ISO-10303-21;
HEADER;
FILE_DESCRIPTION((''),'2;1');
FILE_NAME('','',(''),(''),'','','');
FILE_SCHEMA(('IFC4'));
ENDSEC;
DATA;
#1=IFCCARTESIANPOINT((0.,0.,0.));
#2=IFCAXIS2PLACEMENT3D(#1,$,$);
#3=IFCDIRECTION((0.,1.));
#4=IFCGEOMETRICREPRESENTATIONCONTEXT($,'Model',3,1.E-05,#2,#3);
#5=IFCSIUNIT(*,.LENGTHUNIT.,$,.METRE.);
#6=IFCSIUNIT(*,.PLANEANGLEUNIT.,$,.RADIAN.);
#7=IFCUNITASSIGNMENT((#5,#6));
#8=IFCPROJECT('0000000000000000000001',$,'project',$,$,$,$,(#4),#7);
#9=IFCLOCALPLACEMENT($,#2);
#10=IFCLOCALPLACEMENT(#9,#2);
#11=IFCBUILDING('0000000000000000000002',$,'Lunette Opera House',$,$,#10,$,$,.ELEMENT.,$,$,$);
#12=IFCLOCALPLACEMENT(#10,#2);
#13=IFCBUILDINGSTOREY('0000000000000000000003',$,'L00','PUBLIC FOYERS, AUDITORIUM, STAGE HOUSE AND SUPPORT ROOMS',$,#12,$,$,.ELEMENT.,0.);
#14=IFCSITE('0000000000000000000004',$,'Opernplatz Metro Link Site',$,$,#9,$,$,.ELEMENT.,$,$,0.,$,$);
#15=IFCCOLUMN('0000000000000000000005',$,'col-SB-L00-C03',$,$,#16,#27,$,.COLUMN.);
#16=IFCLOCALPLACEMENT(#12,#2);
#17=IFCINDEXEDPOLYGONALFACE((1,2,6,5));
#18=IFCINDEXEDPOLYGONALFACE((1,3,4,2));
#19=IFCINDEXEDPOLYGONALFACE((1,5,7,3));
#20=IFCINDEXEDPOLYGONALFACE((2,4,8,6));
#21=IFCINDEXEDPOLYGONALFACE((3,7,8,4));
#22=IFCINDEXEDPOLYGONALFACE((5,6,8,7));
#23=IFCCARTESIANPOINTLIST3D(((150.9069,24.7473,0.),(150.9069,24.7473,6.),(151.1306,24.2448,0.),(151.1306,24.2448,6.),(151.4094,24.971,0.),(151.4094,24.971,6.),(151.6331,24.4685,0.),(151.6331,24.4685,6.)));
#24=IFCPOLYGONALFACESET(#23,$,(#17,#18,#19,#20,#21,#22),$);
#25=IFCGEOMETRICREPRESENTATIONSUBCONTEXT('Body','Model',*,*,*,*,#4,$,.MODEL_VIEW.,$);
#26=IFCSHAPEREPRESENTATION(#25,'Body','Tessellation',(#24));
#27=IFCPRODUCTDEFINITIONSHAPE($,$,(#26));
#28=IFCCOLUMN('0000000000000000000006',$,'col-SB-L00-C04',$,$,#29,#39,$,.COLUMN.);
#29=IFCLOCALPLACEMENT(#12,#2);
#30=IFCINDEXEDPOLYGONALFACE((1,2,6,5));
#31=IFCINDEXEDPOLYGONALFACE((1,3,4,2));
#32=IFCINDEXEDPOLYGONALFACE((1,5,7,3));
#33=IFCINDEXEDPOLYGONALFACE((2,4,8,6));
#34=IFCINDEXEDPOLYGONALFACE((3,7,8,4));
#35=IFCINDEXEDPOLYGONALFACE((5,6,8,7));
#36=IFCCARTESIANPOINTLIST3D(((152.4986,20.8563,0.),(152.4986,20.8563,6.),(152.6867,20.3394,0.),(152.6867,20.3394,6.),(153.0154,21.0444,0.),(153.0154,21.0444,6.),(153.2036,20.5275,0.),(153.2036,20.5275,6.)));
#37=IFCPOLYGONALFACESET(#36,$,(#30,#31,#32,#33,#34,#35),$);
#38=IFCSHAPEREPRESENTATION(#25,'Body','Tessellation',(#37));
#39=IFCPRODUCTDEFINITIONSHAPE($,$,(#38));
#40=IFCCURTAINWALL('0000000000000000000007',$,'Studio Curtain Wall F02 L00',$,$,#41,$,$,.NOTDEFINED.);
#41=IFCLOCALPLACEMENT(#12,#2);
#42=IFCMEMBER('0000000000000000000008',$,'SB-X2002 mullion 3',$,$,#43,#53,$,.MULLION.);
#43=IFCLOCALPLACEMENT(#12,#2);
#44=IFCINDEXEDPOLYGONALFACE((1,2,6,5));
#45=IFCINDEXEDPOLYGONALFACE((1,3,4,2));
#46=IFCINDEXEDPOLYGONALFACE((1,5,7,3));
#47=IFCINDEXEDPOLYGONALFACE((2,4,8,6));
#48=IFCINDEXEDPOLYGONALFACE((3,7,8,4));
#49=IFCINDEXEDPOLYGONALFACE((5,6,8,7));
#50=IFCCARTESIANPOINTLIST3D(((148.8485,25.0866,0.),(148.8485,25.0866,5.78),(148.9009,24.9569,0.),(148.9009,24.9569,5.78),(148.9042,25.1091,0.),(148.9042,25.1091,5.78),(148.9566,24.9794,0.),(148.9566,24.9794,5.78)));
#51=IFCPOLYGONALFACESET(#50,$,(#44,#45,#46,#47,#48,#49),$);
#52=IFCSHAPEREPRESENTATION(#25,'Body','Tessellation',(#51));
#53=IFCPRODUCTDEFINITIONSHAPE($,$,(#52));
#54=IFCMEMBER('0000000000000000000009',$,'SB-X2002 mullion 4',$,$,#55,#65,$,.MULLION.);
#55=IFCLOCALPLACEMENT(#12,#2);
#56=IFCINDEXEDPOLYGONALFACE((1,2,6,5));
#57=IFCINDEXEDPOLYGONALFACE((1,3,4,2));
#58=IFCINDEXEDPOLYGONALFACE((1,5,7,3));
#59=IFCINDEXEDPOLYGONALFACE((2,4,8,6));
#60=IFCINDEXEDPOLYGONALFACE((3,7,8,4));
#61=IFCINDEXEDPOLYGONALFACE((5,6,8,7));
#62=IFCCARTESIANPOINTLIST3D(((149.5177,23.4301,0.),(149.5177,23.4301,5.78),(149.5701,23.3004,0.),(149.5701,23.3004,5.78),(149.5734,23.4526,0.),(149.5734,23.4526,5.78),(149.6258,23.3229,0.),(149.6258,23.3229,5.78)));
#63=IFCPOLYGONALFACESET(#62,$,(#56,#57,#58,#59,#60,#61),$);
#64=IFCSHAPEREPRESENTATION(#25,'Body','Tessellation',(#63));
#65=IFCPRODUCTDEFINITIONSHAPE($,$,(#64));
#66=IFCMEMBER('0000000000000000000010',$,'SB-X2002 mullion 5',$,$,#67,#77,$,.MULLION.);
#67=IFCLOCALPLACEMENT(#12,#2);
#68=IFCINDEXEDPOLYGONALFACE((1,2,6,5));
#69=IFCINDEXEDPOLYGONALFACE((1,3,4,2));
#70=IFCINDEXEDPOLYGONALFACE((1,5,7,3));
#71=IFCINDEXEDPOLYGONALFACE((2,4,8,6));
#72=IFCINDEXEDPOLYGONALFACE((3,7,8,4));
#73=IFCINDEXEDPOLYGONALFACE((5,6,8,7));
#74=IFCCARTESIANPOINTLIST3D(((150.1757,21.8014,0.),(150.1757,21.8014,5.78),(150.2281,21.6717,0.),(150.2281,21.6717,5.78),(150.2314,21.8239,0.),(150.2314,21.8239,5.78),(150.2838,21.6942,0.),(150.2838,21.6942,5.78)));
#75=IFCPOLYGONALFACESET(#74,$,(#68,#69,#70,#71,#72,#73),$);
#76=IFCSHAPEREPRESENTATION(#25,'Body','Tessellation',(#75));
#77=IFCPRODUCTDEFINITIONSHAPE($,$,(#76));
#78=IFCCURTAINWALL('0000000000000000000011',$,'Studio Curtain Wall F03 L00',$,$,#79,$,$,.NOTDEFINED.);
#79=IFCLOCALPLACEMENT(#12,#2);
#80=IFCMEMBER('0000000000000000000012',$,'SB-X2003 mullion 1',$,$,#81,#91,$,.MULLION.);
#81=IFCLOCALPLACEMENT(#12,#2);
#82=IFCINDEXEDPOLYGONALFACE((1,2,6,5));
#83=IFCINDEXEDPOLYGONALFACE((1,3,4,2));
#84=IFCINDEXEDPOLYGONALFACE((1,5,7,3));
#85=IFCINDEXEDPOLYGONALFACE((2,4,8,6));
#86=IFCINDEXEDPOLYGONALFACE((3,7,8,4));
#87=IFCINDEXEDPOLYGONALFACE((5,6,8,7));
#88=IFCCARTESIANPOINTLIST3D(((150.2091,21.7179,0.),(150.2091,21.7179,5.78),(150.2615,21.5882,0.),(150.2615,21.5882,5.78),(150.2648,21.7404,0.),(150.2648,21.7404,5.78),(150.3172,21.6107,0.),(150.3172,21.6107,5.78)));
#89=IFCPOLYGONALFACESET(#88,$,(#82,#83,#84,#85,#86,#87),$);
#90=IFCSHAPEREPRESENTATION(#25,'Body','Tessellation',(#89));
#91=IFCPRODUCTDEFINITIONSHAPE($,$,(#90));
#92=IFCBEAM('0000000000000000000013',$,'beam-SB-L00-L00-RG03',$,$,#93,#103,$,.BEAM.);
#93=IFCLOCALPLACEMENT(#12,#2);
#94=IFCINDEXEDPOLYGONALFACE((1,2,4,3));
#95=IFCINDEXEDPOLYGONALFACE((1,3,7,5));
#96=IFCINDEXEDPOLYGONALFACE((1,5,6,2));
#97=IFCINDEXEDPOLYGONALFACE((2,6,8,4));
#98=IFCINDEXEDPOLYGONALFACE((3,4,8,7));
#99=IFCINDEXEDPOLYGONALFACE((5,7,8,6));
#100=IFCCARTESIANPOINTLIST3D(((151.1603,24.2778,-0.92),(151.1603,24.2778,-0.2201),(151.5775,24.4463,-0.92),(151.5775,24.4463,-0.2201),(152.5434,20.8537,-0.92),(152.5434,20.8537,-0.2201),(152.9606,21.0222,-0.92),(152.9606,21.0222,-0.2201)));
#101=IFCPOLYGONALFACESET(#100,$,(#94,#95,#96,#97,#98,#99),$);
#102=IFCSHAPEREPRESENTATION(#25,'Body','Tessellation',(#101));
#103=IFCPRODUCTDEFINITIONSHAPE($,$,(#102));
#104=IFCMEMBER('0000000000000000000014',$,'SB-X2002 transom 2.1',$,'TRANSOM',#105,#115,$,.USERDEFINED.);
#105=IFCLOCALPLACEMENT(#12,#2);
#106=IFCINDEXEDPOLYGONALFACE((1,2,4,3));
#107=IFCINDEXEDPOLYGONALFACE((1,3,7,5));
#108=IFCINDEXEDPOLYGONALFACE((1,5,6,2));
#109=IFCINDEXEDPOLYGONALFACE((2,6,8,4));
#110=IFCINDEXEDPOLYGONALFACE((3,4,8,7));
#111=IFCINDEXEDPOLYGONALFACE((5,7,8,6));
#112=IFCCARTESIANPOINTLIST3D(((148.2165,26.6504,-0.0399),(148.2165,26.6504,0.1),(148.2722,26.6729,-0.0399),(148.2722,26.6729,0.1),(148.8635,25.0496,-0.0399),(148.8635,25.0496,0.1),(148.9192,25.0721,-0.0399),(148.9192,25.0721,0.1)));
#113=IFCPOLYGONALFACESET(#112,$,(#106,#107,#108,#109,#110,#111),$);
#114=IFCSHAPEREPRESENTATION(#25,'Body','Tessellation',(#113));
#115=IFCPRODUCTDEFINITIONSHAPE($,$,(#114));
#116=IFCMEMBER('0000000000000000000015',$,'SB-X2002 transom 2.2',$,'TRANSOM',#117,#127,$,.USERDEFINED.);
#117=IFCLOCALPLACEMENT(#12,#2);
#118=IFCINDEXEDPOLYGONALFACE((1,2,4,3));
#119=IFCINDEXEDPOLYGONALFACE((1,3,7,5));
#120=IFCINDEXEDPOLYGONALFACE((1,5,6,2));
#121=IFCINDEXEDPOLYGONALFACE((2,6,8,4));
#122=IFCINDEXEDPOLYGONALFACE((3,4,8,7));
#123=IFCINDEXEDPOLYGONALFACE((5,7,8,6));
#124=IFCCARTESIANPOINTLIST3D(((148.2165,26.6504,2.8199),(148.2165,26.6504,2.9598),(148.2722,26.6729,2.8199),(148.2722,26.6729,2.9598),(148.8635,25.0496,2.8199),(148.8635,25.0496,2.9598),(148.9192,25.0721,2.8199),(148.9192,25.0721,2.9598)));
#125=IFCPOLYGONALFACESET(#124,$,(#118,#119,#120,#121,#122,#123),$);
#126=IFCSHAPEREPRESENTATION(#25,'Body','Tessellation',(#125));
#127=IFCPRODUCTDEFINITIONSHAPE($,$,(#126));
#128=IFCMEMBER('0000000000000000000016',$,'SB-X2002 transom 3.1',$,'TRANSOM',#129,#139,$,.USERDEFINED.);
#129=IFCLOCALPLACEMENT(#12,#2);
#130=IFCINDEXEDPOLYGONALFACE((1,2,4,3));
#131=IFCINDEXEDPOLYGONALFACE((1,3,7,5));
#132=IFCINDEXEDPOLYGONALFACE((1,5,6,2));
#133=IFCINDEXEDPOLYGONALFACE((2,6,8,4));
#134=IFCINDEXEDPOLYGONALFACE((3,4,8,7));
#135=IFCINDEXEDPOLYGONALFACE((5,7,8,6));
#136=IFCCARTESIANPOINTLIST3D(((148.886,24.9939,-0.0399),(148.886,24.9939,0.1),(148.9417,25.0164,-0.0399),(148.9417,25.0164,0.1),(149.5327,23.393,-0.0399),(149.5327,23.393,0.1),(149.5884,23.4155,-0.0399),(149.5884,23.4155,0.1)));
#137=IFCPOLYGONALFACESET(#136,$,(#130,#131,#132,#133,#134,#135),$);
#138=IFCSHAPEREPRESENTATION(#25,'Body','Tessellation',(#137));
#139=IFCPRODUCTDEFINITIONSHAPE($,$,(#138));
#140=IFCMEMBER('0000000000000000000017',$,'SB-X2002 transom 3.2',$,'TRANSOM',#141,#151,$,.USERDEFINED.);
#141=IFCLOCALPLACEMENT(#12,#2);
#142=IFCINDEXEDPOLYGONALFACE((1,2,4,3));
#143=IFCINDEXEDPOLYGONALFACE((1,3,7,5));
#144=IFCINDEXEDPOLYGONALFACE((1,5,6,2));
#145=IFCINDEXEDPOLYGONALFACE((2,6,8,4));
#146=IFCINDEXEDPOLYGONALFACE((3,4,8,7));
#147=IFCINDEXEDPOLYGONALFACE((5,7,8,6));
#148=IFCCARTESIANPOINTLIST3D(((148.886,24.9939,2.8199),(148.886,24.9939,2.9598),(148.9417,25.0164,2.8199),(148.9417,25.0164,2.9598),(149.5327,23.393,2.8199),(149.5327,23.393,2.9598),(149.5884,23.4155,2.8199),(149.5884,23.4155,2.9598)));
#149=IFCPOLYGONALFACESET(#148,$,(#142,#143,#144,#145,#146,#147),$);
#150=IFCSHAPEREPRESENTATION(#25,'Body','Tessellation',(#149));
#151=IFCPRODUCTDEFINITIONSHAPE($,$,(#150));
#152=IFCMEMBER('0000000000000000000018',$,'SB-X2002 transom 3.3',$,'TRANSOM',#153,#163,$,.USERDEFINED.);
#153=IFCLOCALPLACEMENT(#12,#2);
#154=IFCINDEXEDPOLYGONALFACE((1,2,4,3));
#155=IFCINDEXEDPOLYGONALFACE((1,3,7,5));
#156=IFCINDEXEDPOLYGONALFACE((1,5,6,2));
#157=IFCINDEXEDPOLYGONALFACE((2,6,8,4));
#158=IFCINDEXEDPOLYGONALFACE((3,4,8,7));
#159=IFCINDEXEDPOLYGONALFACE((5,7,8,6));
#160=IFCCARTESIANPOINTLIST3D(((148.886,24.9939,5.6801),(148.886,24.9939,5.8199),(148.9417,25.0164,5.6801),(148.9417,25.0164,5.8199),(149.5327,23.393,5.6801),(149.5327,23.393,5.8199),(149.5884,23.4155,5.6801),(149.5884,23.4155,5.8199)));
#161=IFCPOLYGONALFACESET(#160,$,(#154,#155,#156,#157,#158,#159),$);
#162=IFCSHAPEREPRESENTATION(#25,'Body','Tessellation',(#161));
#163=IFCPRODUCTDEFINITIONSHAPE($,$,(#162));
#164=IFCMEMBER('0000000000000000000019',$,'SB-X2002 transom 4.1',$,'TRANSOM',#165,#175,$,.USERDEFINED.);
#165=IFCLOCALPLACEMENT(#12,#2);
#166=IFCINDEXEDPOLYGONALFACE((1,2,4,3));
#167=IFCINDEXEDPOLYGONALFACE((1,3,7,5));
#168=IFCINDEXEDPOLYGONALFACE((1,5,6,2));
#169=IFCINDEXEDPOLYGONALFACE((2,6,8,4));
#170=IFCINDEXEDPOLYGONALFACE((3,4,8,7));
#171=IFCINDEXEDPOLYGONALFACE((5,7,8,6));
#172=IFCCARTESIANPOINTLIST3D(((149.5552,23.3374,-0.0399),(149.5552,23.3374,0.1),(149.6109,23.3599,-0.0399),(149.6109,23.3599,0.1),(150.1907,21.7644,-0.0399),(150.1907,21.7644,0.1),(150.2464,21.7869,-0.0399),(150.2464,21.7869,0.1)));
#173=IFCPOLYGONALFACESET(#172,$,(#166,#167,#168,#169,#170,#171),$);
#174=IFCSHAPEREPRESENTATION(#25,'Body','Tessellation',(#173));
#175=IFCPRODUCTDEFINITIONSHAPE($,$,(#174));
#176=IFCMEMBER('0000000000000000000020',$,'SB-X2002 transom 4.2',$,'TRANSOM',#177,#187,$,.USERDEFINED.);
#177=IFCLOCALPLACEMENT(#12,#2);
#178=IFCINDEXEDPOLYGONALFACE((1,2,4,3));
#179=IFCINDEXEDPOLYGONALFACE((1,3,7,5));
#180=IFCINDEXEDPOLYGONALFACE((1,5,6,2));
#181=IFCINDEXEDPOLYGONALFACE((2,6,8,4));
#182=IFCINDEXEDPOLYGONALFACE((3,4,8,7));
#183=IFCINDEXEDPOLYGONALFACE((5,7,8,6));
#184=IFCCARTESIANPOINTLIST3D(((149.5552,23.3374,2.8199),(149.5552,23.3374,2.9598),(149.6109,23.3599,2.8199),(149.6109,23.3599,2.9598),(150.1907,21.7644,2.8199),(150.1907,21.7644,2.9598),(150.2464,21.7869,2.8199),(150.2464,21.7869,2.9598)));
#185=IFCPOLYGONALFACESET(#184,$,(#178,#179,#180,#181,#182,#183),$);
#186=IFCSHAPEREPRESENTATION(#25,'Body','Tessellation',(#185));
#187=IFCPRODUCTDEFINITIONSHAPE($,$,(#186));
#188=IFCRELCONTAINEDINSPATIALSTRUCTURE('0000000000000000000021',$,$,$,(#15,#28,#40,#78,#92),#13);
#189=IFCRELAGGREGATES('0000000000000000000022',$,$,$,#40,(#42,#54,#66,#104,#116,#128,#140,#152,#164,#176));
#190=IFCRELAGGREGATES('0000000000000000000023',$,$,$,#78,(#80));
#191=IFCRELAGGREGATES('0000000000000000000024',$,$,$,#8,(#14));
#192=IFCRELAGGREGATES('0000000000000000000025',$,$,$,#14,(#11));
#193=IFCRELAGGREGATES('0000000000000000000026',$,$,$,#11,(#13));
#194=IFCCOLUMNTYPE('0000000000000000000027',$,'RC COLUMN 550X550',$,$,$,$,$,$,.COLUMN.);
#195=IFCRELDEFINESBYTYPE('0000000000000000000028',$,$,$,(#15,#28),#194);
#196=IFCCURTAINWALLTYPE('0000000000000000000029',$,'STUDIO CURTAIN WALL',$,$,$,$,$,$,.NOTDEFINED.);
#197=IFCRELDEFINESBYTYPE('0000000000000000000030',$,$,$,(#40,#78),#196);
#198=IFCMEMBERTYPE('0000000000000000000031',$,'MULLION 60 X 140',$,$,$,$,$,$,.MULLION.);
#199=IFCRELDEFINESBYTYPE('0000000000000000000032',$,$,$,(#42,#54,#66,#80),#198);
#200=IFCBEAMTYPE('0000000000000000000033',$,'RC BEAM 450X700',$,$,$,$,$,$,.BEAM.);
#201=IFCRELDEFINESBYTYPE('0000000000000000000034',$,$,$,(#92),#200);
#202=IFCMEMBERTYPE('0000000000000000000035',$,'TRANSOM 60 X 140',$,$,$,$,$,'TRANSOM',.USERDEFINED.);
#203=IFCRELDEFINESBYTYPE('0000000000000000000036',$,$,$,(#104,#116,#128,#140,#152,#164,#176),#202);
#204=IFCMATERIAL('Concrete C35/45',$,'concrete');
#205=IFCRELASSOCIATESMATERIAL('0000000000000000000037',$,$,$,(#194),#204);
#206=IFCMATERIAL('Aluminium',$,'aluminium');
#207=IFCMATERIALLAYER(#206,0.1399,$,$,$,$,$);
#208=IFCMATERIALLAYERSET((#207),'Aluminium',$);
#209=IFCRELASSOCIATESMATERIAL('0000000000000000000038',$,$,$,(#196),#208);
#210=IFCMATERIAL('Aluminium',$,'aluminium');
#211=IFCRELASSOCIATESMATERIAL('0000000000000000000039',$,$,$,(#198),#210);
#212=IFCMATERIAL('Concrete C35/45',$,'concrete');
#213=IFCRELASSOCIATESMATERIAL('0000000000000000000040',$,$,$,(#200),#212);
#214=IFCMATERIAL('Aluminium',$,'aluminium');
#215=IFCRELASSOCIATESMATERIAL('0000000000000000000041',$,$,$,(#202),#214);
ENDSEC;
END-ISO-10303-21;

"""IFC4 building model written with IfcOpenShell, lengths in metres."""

from ifc_helpers import new_model, si_unit, direction, frame, origin, origin_2d, place, context, subcontext, project, spatial, rectangle, extrude, material, layer, layer_set, material_profile, profile_set, type_object, element, aggregate, save


model = new_model("IFC4")

# Units and contexts
model_context = context("Model", 3, precision=1e-05, world=origin(), true_north=direction((0.0, 1.0)))
body_context = subcontext(model_context, "Body", "Model", "MODEL_VIEW")
ifc_project = project(units=[si_unit("LENGTHUNIT", "METRE"), si_unit("PLANEANGLEUNIT", "RADIAN")], contexts=[model_context])

# Site, building, storey
site_placement = place(None, origin())
site = spatial("IfcSite", under=ifc_project, at=site_placement, Name="Opernplatz Metro Link Site", CompositionType="ELEMENT", RefElevation=0.0)
building_placement = place(site_placement, origin())
building = spatial("IfcBuilding", under=site, at=building_placement, Name="Lunette Opera House", CompositionType="ELEMENT")
storey_placement = place(building_placement, origin())
storey = spatial("IfcBuildingStorey", under=building, at=storey_placement, Name="L00", Description="PUBLIC FOYERS, AUDITORIUM, STAGE HOUSE AND SUPPORT ROOMS", CompositionType="ELEMENT", Elevation=0.0)

# Columns
ifc_material_1 = material(Name="Concrete C35/45", Category="concrete")
ifc_material_profile_1 = material_profile(ifc_material_1, rectangle(XDim=0.55, YDim=0.55, at=origin_2d()), Name="RC COLUMN 550X550")
ifc_profile_set_1 = profile_set([ifc_material_profile_1], Name="Concrete C35/45")
column_type = type_object("IfcColumnType", Name="RC COLUMN 550X550", PredefinedType="COLUMN", material=ifc_profile_set_1)
for number, where, z_axis, x_axis, name in (
    (1, (151.27, 24.6079, 0.0), (0.0, 0.0, 1.0), (0.406737, -0.913545, 0.0), "col-SB-L00-C03"),
    (2, (152.8511, 20.6919, 0.0), (0.0, 0.0, 1.0), (0.34202, -0.939693, 0.0), "col-SB-L00-C04"),
):
    element("IfcColumn", number, at=place(storey_placement, frame(where, z_axis=z_axis, x_axis=x_axis)), inside=storey, type_object=column_type, Name=name, PredefinedType="COLUMN", context=body_context, shape_type="SweptSolid", body=[
        extrude(rectangle(XDim=0.55, YDim=0.55, at=origin_2d()), origin(), (0.0, 0.0, 1.0), 6.0),
    ])

# Curtain wall, members
ifc_material_2 = material(Name="Aluminium", Category="aluminium")
ifc_layer_1 = layer(ifc_material_2, 0.1399)
ifc_layer_set_1 = layer_set([ifc_layer_1], Name="Aluminium")
curtain_wall_type = type_object("IfcCurtainWallType", Name="STUDIO CURTAIN WALL", PredefinedType="NOTDEFINED", material=ifc_layer_set_1)
curtain_wall_1_placement = place(storey_placement, origin())
curtain_wall_1 = element("IfcCurtainWall", 3, at=curtain_wall_1_placement, inside=storey, type_object=curtain_wall_type, Name="Studio Curtain Wall F02 L00", PredefinedType="NOTDEFINED")
ifc_material_3 = material(Name="Aluminium", Category="aluminium")
ifc_material_profile_2 = material_profile(ifc_material_3, rectangle(XDim=0.0601, YDim=0.1399, at=origin_2d()), Name="MULLION 60 X 140")
ifc_profile_set_2 = profile_set([ifc_material_profile_2], Name="Aluminium")
member_type_1 = type_object("IfcMemberType", Name="MULLION 60 X 140", PredefinedType="MULLION", material=ifc_profile_set_2)
member_1_placement = place(storey_placement, frame((148.9026, 25.033, 0.0), z_axis=(0.0, 0.0, 1.0), x_axis=(0.927188, 0.374597, 0.0)))
member_1 = element("IfcMember", 4, at=member_1_placement, type_object=member_type_1, Name="SB-X2002 mullion 3", PredefinedType="MULLION", context=body_context, shape_type="SweptSolid", body=[
    extrude(rectangle(XDim=0.0601, YDim=0.1399, at=origin_2d()), origin(), (0.0, 0.0, 1.0), 5.78),
])
member_2_placement = place(storey_placement, frame((149.5718, 23.3765, 0.0), z_axis=(0.0, 0.0, 1.0), x_axis=(0.927188, 0.374597, 0.0)))
member_2 = element("IfcMember", 5, at=member_2_placement, type_object=member_type_1, Name="SB-X2002 mullion 4", PredefinedType="MULLION", context=body_context, shape_type="SweptSolid", body=[
    extrude(rectangle(XDim=0.0601, YDim=0.1399, at=origin_2d()), origin(), (0.0, 0.0, 1.0), 5.78),
])
member_3_placement = place(storey_placement, frame((150.2297, 21.7478, 0.0), z_axis=(0.0, 0.0, 1.0), x_axis=(0.927188, 0.374597, 0.0)))
member_3 = element("IfcMember", 6, at=member_3_placement, type_object=member_type_1, Name="SB-X2002 mullion 5", PredefinedType="MULLION", context=body_context, shape_type="SweptSolid", body=[
    extrude(rectangle(XDim=0.0601, YDim=0.1399, at=origin_2d()), origin(), (0.0, 0.0, 1.0), 5.78),
])

# Curtain wall, member
curtain_wall_2_placement = place(storey_placement, origin())
curtain_wall_2 = element("IfcCurtainWall", 7, at=curtain_wall_2_placement, inside=storey, type_object=curtain_wall_type, Name="Studio Curtain Wall F03 L00", PredefinedType="NOTDEFINED")
member_4_placement = place(storey_placement, frame((150.2632, 21.6643, 0.0), z_axis=(0.0, 0.0, 1.0), x_axis=(0.927168, 0.374646, 0.0)))
member_4 = element("IfcMember", 8, at=member_4_placement, type_object=member_type_1, Name="SB-X2003 mullion 1", PredefinedType="MULLION", context=body_context, shape_type="SweptSolid", body=[
    extrude(rectangle(XDim=0.0601, YDim=0.1399, at=origin_2d()), origin(), (0.0, 0.0, 1.0), 5.78),
])

# Beam
ifc_material_4 = material(Name="Concrete C35/45", Category="concrete")
ifc_material_profile_3 = material_profile(ifc_material_4, rectangle(XDim=0.45, YDim=0.7, at=origin_2d()), Name="RC BEAM 450X700")
ifc_profile_set_3 = profile_set([ifc_material_profile_3], Name="Concrete C35/45")
beam_type = type_object("IfcBeamType", Name="RC BEAM 450X700", PredefinedType="BEAM", material=ifc_profile_set_3)
beam_placement = place(storey_placement, frame((151.3689, 24.3621, -0.5701), z_axis=(0.374523, -0.927218, 0.0), x_axis=(0.927218, 0.374523, 0.0)))
element("IfcBeam", 9, at=beam_placement, inside=storey, type_object=beam_type, Name="beam-SB-L00-L00-RG03", PredefinedType="BEAM", context=body_context, shape_type="SweptSolid", body=[
    extrude(rectangle(XDim=0.45, YDim=0.7, at=origin_2d()), origin(), (0.0, 0.0, 1.0), 3.6929),
])

# Members
ifc_material_5 = material(Name="Aluminium", Category="aluminium")
ifc_material_profile_4 = material_profile(ifc_material_5, rectangle(XDim=0.0601, YDim=0.1399, at=origin_2d()), Name="TRANSOM 60 X 140")
ifc_profile_set_4 = profile_set([ifc_material_profile_4], Name="Aluminium")
member_type_2 = type_object("IfcMemberType", Name="TRANSOM 60 X 140", ElementType="TRANSOM", PredefinedType="USERDEFINED", material=ifc_profile_set_4)
member_5_placement = place(storey_placement, frame((148.2444, 26.6616, 0.03), z_axis=(0.374704, -0.927145, 0.0), x_axis=(0.927145, 0.374704, 0.0)))
member_5 = element("IfcMember", 10, at=member_5_placement, type_object=member_type_2, Name="SB-X2002 transom 2.1", ObjectType="TRANSOM", PredefinedType="USERDEFINED", context=body_context, shape_type="SweptSolid", body=[
    extrude(rectangle(XDim=0.0601, YDim=0.1399, at=origin_2d()), origin(), (0.0, 0.0, 1.0), 1.7266),
])
member_6_placement = place(storey_placement, frame((148.2444, 26.6616, 2.8899), z_axis=(0.374704, -0.927145, 0.0), x_axis=(0.927145, 0.374704, 0.0)))
member_6 = element("IfcMember", 11, at=member_6_placement, type_object=member_type_2, Name="SB-X2002 transom 2.2", ObjectType="TRANSOM", PredefinedType="USERDEFINED", context=body_context, shape_type="SweptSolid", body=[
    extrude(rectangle(XDim=0.0601, YDim=0.1399, at=origin_2d()), origin(), (0.0, 0.0, 1.0), 1.7266),
])
member_7_placement = place(storey_placement, frame((148.9138, 25.0051, 0.03), z_axis=(0.374582, -0.927194, 0.0), x_axis=(0.927194, 0.374582, 0.0)))
member_7 = element("IfcMember", 12, at=member_7_placement, type_object=member_type_2, Name="SB-X2002 transom 3.1", ObjectType="TRANSOM", PredefinedType="USERDEFINED", context=body_context, shape_type="SweptSolid", body=[
    extrude(rectangle(XDim=0.0601, YDim=0.1399, at=origin_2d()), origin(), (0.0, 0.0, 1.0), 1.7266),
])
member_8_placement = place(storey_placement, frame((148.9138, 25.0051, 2.8899), z_axis=(0.374582, -0.927194, 0.0), x_axis=(0.927194, 0.374582, 0.0)))
member_8 = element("IfcMember", 13, at=member_8_placement, type_object=member_type_2, Name="SB-X2002 transom 3.2", ObjectType="TRANSOM", PredefinedType="USERDEFINED", context=body_context, shape_type="SweptSolid", body=[
    extrude(rectangle(XDim=0.0601, YDim=0.1399, at=origin_2d()), origin(), (0.0, 0.0, 1.0), 1.7266),
])
member_9_placement = place(storey_placement, frame((148.9138, 25.0051, 5.75), z_axis=(0.374582, -0.927194, 0.0), x_axis=(0.927194, 0.374582, 0.0)))
member_9 = element("IfcMember", 14, at=member_9_placement, type_object=member_type_2, Name="SB-X2002 transom 3.3", ObjectType="TRANSOM", PredefinedType="USERDEFINED", context=body_context, shape_type="SweptSolid", body=[
    extrude(rectangle(XDim=0.0601, YDim=0.1399, at=origin_2d()), origin(), (0.0, 0.0, 1.0), 1.7266),
])
member_10_placement = place(storey_placement, frame((149.583, 23.3486, 0.03), z_axis=(0.374589, -0.927191, 0.0), x_axis=(0.927191, 0.374589, 0.0)))
member_10 = element("IfcMember", 15, at=member_10_placement, type_object=member_type_2, Name="SB-X2002 transom 4.1", ObjectType="TRANSOM", PredefinedType="USERDEFINED", context=body_context, shape_type="SweptSolid", body=[
    extrude(rectangle(XDim=0.0601, YDim=0.1399, at=origin_2d()), origin(), (0.0, 0.0, 1.0), 1.6965),
])
member_11_placement = place(storey_placement, frame((149.583, 23.3486, 2.8899), z_axis=(0.374589, -0.927191, 0.0), x_axis=(0.927191, 0.374589, 0.0)))
member_11 = element("IfcMember", 16, at=member_11_placement, type_object=member_type_2, Name="SB-X2002 transom 4.2", ObjectType="TRANSOM", PredefinedType="USERDEFINED", context=body_context, shape_type="SweptSolid", body=[
    extrude(rectangle(XDim=0.0601, YDim=0.1399, at=origin_2d()), origin(), (0.0, 0.0, 1.0), 1.6965),
])

aggregate(curtain_wall_1, [member_1, member_2, member_3, member_5, member_6, member_7, member_8, member_9, member_10, member_11])
aggregate(curtain_wall_2, [member_4])

save(model, "model.ifc")
